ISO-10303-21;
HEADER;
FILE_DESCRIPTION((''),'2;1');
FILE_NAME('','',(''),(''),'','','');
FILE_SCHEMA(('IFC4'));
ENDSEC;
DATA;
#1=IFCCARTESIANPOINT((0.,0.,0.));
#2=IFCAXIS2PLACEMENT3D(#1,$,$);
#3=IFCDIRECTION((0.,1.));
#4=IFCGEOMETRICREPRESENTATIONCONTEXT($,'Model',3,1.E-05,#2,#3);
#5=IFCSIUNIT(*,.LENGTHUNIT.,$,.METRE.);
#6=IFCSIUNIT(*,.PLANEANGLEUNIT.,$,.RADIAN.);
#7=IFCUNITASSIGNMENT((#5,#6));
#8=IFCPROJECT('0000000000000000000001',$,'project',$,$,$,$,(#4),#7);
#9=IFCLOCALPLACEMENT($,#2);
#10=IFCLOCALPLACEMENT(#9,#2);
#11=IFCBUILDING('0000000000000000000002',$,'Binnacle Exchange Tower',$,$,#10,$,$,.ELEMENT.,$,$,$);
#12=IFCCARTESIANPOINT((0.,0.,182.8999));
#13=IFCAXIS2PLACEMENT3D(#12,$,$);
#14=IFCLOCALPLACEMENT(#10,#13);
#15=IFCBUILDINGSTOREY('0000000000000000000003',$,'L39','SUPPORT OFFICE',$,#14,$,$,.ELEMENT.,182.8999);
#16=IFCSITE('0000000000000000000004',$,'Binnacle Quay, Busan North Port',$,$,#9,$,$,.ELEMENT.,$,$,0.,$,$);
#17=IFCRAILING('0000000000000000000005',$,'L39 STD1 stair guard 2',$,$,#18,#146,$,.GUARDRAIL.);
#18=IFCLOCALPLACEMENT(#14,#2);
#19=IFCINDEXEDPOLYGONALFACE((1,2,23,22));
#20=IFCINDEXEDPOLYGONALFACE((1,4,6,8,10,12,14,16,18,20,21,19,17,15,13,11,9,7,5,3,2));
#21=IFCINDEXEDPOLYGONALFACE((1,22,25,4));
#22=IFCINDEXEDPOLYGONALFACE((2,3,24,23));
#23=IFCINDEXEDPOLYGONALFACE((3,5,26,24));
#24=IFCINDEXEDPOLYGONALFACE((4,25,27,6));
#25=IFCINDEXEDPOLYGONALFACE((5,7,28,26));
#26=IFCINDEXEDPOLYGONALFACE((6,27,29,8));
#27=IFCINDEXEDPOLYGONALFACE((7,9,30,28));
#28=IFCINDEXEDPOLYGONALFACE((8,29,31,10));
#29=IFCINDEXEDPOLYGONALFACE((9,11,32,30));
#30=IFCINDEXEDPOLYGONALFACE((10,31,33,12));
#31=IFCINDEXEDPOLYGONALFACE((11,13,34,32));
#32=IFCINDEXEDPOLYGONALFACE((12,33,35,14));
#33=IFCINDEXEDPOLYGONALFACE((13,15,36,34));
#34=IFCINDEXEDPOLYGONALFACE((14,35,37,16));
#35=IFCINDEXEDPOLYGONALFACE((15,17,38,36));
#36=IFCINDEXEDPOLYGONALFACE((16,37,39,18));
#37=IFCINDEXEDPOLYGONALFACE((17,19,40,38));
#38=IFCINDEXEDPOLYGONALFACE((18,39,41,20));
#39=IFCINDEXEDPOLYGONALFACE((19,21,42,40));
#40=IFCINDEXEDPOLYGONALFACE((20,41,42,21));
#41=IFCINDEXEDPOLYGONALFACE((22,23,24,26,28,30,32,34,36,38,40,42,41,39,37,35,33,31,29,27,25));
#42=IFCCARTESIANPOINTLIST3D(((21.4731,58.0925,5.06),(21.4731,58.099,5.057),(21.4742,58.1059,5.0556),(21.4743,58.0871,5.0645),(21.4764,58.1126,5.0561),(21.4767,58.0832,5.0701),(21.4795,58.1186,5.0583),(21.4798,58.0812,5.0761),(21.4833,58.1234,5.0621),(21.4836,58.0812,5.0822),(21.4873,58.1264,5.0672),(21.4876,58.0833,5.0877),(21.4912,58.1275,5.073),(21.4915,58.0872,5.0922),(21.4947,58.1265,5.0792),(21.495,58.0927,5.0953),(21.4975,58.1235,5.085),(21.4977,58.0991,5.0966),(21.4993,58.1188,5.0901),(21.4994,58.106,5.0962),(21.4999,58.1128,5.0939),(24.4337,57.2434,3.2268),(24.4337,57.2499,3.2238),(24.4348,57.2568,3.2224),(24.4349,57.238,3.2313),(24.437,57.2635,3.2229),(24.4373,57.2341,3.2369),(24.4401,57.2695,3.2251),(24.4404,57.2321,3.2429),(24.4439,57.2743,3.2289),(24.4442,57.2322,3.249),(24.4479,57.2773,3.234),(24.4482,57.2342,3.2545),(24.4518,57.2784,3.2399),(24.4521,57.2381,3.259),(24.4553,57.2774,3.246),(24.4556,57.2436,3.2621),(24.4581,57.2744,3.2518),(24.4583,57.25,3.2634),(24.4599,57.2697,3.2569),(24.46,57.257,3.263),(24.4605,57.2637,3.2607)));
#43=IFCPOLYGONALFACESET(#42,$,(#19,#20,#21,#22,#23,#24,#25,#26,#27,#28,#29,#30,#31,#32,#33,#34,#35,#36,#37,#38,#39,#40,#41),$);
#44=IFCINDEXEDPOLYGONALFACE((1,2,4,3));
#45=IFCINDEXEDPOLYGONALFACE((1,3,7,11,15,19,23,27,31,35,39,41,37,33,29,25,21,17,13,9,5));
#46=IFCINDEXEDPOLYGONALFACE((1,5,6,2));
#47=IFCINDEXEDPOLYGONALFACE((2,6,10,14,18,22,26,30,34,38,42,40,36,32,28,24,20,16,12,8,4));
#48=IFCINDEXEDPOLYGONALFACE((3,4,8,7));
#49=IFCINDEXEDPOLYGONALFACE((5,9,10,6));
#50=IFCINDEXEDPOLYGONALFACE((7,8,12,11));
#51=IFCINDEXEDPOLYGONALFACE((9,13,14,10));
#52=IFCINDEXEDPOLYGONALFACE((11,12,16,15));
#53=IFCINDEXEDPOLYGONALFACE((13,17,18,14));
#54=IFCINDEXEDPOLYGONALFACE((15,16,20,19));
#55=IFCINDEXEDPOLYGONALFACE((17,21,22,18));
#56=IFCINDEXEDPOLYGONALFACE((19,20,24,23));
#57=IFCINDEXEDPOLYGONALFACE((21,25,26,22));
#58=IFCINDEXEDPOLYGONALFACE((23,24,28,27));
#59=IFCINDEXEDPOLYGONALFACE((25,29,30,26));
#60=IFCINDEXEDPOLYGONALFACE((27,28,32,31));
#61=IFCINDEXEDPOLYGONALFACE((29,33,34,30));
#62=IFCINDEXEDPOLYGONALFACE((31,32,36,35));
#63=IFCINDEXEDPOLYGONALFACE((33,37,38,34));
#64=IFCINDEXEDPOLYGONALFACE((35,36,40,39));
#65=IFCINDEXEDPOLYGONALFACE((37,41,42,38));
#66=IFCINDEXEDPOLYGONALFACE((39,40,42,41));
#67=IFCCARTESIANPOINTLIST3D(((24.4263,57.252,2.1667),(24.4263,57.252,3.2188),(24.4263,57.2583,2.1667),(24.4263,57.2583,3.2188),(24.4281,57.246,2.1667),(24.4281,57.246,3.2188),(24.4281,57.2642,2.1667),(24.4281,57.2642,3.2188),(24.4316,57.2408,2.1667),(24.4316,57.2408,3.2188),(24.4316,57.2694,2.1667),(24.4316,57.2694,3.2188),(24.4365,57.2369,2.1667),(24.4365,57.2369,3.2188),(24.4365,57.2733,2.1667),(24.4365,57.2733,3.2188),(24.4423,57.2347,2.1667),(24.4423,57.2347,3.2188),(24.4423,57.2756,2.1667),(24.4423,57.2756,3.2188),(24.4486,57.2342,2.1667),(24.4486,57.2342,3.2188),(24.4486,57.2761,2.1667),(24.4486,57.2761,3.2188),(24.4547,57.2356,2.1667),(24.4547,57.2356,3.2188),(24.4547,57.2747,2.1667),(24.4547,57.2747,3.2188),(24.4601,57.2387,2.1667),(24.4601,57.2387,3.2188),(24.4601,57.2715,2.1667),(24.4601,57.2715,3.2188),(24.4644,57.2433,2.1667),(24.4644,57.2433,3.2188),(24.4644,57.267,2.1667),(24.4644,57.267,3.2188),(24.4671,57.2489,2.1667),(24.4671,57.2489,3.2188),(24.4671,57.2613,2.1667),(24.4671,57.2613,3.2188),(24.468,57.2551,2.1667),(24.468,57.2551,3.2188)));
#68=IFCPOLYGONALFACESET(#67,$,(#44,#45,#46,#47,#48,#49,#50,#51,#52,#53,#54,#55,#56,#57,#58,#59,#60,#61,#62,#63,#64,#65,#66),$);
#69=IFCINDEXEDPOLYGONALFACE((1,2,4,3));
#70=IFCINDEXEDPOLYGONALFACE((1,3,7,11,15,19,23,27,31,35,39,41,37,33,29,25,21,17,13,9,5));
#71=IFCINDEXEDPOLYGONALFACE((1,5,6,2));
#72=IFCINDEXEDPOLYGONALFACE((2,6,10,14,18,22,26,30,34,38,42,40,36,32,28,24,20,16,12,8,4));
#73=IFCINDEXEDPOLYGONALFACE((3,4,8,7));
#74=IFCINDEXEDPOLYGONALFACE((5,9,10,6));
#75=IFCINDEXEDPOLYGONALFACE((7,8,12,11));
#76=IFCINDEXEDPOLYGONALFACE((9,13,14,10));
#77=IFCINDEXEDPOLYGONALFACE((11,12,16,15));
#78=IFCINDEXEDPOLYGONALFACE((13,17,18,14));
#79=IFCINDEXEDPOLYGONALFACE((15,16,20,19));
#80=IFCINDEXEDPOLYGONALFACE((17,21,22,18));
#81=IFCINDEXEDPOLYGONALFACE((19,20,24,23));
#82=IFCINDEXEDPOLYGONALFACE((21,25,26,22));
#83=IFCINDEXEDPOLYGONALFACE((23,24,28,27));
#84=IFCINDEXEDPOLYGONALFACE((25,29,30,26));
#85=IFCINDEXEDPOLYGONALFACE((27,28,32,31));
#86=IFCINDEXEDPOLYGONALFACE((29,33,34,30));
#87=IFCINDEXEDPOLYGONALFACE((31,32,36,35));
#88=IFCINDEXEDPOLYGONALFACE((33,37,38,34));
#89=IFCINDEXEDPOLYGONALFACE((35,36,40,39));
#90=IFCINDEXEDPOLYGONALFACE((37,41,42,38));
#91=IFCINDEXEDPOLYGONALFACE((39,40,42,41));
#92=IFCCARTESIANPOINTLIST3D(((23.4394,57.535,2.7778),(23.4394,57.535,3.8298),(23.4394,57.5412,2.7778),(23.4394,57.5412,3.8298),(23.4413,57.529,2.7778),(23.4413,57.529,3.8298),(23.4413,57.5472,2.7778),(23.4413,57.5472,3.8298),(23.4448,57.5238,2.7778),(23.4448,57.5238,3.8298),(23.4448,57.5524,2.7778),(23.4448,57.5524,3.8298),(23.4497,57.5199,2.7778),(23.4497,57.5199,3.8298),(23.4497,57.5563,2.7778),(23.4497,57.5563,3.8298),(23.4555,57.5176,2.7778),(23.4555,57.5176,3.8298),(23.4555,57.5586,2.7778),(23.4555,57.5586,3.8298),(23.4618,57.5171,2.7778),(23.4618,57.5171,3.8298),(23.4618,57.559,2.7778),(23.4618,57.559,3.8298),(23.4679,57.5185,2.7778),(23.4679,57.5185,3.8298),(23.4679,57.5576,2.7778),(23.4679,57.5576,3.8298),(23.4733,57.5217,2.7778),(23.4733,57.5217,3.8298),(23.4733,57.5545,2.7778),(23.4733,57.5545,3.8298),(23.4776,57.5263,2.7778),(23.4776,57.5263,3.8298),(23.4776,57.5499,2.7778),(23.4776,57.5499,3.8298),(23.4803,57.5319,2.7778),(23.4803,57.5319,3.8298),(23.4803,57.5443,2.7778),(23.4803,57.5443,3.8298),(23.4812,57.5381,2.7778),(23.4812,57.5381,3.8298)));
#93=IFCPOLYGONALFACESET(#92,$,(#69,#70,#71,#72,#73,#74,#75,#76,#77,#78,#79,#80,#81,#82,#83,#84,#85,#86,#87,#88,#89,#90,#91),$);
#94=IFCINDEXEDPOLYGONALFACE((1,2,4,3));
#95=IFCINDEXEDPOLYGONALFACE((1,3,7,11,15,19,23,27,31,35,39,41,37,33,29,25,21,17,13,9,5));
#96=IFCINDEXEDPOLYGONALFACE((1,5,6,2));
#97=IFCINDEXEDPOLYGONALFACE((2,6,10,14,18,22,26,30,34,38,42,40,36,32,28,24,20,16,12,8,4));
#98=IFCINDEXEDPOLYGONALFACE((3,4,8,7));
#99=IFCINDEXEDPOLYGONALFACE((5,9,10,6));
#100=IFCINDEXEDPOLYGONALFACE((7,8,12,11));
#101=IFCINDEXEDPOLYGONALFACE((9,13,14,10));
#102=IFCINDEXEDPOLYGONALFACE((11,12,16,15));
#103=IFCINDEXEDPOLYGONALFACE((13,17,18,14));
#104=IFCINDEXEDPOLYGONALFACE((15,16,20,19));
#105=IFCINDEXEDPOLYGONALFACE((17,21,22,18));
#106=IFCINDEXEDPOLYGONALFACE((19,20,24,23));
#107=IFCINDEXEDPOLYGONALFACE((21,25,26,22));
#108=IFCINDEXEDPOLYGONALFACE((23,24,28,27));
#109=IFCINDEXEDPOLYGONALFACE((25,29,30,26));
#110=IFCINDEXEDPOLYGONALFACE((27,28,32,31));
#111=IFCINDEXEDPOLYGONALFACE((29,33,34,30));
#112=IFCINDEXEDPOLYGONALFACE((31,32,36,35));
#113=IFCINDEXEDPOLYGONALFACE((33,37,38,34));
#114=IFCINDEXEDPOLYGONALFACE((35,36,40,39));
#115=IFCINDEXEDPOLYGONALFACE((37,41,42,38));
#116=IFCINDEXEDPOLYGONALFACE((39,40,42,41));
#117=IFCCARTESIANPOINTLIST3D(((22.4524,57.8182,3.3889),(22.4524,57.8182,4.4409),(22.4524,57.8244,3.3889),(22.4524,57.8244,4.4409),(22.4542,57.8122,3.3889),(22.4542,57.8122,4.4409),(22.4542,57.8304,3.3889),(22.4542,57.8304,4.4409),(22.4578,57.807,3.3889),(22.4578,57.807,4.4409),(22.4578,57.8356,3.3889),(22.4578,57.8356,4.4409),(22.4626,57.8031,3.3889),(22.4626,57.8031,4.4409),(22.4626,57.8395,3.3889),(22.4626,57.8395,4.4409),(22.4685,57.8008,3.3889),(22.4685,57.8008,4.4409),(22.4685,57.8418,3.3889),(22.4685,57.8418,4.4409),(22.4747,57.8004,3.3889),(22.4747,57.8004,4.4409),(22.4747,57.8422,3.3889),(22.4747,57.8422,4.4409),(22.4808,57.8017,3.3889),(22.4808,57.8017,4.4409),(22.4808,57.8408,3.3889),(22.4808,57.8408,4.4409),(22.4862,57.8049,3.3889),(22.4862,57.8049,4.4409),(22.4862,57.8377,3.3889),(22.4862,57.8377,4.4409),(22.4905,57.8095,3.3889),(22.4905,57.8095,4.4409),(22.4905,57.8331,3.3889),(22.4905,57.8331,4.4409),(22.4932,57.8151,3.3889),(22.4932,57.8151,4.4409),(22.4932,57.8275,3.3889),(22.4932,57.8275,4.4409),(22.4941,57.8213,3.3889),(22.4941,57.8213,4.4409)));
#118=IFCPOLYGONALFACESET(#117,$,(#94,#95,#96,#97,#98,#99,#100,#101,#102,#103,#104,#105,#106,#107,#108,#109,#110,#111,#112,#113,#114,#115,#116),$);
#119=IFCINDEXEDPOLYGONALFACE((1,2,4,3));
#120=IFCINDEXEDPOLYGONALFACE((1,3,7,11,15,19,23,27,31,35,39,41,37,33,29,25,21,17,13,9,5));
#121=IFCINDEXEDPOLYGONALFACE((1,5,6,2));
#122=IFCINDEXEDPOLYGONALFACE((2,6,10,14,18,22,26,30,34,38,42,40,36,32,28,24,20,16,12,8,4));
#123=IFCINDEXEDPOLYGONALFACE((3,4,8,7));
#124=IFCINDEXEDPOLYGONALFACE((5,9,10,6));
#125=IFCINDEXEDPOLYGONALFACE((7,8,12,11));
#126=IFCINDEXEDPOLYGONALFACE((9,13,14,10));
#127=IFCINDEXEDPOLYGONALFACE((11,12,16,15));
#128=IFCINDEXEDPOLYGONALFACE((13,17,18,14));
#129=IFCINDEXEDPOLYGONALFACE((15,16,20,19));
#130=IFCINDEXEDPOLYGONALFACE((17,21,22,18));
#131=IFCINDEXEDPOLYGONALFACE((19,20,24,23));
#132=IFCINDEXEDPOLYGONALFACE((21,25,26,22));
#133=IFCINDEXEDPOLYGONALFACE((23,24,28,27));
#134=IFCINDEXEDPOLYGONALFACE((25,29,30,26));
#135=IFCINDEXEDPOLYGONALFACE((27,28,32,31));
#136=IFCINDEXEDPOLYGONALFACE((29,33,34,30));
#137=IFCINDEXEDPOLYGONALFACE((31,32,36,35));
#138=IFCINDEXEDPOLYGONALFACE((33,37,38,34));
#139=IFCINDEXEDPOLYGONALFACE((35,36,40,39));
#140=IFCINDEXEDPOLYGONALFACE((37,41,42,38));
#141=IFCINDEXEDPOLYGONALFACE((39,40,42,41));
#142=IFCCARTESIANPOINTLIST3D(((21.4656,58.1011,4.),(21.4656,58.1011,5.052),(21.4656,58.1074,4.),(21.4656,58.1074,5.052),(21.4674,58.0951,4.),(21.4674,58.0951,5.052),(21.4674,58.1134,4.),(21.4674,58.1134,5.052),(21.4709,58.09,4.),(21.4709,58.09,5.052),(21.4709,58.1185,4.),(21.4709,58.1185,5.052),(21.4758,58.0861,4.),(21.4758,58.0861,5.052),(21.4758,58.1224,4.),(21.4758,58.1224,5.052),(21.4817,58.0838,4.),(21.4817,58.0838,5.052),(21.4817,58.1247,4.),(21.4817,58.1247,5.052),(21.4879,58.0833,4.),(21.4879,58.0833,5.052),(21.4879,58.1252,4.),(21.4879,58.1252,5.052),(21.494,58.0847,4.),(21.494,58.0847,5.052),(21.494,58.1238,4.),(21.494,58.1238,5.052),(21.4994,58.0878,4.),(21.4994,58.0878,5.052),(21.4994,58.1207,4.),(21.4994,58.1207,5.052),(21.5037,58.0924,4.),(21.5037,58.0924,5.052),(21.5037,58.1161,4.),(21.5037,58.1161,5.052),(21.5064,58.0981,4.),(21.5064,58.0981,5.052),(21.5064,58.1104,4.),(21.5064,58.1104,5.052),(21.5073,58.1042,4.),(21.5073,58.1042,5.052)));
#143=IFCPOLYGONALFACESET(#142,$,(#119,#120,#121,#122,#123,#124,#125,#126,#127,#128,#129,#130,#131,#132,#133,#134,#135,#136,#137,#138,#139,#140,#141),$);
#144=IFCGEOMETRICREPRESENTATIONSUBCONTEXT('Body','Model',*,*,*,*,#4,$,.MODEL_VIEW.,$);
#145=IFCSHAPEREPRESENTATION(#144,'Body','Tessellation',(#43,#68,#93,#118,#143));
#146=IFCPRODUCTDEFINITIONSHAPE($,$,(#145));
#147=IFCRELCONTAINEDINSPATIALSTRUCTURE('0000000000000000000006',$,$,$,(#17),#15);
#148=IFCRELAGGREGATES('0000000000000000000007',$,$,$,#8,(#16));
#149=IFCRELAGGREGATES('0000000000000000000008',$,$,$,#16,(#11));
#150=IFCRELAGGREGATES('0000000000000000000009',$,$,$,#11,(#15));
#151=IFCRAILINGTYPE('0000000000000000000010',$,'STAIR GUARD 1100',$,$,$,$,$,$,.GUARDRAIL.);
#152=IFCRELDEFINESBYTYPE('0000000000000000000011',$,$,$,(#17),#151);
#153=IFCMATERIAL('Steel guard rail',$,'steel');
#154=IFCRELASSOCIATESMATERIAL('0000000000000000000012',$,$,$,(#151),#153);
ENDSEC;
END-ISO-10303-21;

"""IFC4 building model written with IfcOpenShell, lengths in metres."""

from ifc_helpers import new_model, si_unit, direction, frame, origin, origin_2d, place, context, subcontext, project, spatial, circle, extrude, material, type_object, element, save


model = new_model("IFC4")

# Units and contexts
model_context = context("Model", 3, precision=1e-05, world=origin(), true_north=direction((0.0, 1.0)))
body_context = subcontext(model_context, "Body", "Model", "MODEL_VIEW")
ifc_project = project(units=[si_unit("LENGTHUNIT", "METRE"), si_unit("PLANEANGLEUNIT", "RADIAN")], contexts=[model_context])

# Site, building, storey
site_placement = place(None, origin())
site = spatial("IfcSite", under=ifc_project, at=site_placement, Name="Binnacle Quay, Busan North Port", CompositionType="ELEMENT", RefElevation=0.0)
building_placement = place(site_placement, origin())
building = spatial("IfcBuilding", under=site, at=building_placement, Name="Binnacle Exchange Tower", CompositionType="ELEMENT")
storey_placement = place(building_placement, frame((0.0, 0.0, 182.8999)))
storey = spatial("IfcBuildingStorey", under=building, at=storey_placement, Name="L39", Description="SUPPORT OFFICE", CompositionType="ELEMENT", Elevation=182.8999)

# Railing
ifc_material_1 = material(Name="Steel guard rail", Category="steel")
railing_type = type_object("IfcRailingType", Name="STAIR GUARD 1100", PredefinedType="GUARDRAIL", material=ifc_material_1)
railing_placement = place(storey_placement, frame((24.447, 57.2551, 2.1667)))
element("IfcRailing", 1, at=railing_placement, inside=storey, type_object=railing_type, Name="L39 STD1 stair guard 2", PredefinedType="GUARDRAIL", context=body_context, shape_type="SweptSolid", body=[
    extrude(circle(Radius=0.0239, at=origin_2d()), frame((0.0, 0.0, 1.0762), z_axis=(-0.826007, 0.236897, 0.511461), x_axis=(-0.275684, -0.961248, 0.0)), (0.0, 0.0, 1.0), 3.5842),
    extrude(circle(Radius=0.021, at=origin_2d()), origin(), (0.0, 0.0, 1.0), 1.052),
    extrude(circle(Radius=0.021, at=origin_2d()), frame((-0.9868, 0.283, 0.6111)), (0.0, 0.0, 1.0), 1.052),
    extrude(circle(Radius=0.021, at=origin_2d()), frame((-1.9739, 0.5662, 1.2222)), (0.0, 0.0, 1.0), 1.052),
    extrude(circle(Radius=0.021, at=origin_2d()), frame((-2.9607, 0.8491, 1.8333)), (0.0, 0.0, 1.0), 1.052),
])

save(model, "model.ifc")
